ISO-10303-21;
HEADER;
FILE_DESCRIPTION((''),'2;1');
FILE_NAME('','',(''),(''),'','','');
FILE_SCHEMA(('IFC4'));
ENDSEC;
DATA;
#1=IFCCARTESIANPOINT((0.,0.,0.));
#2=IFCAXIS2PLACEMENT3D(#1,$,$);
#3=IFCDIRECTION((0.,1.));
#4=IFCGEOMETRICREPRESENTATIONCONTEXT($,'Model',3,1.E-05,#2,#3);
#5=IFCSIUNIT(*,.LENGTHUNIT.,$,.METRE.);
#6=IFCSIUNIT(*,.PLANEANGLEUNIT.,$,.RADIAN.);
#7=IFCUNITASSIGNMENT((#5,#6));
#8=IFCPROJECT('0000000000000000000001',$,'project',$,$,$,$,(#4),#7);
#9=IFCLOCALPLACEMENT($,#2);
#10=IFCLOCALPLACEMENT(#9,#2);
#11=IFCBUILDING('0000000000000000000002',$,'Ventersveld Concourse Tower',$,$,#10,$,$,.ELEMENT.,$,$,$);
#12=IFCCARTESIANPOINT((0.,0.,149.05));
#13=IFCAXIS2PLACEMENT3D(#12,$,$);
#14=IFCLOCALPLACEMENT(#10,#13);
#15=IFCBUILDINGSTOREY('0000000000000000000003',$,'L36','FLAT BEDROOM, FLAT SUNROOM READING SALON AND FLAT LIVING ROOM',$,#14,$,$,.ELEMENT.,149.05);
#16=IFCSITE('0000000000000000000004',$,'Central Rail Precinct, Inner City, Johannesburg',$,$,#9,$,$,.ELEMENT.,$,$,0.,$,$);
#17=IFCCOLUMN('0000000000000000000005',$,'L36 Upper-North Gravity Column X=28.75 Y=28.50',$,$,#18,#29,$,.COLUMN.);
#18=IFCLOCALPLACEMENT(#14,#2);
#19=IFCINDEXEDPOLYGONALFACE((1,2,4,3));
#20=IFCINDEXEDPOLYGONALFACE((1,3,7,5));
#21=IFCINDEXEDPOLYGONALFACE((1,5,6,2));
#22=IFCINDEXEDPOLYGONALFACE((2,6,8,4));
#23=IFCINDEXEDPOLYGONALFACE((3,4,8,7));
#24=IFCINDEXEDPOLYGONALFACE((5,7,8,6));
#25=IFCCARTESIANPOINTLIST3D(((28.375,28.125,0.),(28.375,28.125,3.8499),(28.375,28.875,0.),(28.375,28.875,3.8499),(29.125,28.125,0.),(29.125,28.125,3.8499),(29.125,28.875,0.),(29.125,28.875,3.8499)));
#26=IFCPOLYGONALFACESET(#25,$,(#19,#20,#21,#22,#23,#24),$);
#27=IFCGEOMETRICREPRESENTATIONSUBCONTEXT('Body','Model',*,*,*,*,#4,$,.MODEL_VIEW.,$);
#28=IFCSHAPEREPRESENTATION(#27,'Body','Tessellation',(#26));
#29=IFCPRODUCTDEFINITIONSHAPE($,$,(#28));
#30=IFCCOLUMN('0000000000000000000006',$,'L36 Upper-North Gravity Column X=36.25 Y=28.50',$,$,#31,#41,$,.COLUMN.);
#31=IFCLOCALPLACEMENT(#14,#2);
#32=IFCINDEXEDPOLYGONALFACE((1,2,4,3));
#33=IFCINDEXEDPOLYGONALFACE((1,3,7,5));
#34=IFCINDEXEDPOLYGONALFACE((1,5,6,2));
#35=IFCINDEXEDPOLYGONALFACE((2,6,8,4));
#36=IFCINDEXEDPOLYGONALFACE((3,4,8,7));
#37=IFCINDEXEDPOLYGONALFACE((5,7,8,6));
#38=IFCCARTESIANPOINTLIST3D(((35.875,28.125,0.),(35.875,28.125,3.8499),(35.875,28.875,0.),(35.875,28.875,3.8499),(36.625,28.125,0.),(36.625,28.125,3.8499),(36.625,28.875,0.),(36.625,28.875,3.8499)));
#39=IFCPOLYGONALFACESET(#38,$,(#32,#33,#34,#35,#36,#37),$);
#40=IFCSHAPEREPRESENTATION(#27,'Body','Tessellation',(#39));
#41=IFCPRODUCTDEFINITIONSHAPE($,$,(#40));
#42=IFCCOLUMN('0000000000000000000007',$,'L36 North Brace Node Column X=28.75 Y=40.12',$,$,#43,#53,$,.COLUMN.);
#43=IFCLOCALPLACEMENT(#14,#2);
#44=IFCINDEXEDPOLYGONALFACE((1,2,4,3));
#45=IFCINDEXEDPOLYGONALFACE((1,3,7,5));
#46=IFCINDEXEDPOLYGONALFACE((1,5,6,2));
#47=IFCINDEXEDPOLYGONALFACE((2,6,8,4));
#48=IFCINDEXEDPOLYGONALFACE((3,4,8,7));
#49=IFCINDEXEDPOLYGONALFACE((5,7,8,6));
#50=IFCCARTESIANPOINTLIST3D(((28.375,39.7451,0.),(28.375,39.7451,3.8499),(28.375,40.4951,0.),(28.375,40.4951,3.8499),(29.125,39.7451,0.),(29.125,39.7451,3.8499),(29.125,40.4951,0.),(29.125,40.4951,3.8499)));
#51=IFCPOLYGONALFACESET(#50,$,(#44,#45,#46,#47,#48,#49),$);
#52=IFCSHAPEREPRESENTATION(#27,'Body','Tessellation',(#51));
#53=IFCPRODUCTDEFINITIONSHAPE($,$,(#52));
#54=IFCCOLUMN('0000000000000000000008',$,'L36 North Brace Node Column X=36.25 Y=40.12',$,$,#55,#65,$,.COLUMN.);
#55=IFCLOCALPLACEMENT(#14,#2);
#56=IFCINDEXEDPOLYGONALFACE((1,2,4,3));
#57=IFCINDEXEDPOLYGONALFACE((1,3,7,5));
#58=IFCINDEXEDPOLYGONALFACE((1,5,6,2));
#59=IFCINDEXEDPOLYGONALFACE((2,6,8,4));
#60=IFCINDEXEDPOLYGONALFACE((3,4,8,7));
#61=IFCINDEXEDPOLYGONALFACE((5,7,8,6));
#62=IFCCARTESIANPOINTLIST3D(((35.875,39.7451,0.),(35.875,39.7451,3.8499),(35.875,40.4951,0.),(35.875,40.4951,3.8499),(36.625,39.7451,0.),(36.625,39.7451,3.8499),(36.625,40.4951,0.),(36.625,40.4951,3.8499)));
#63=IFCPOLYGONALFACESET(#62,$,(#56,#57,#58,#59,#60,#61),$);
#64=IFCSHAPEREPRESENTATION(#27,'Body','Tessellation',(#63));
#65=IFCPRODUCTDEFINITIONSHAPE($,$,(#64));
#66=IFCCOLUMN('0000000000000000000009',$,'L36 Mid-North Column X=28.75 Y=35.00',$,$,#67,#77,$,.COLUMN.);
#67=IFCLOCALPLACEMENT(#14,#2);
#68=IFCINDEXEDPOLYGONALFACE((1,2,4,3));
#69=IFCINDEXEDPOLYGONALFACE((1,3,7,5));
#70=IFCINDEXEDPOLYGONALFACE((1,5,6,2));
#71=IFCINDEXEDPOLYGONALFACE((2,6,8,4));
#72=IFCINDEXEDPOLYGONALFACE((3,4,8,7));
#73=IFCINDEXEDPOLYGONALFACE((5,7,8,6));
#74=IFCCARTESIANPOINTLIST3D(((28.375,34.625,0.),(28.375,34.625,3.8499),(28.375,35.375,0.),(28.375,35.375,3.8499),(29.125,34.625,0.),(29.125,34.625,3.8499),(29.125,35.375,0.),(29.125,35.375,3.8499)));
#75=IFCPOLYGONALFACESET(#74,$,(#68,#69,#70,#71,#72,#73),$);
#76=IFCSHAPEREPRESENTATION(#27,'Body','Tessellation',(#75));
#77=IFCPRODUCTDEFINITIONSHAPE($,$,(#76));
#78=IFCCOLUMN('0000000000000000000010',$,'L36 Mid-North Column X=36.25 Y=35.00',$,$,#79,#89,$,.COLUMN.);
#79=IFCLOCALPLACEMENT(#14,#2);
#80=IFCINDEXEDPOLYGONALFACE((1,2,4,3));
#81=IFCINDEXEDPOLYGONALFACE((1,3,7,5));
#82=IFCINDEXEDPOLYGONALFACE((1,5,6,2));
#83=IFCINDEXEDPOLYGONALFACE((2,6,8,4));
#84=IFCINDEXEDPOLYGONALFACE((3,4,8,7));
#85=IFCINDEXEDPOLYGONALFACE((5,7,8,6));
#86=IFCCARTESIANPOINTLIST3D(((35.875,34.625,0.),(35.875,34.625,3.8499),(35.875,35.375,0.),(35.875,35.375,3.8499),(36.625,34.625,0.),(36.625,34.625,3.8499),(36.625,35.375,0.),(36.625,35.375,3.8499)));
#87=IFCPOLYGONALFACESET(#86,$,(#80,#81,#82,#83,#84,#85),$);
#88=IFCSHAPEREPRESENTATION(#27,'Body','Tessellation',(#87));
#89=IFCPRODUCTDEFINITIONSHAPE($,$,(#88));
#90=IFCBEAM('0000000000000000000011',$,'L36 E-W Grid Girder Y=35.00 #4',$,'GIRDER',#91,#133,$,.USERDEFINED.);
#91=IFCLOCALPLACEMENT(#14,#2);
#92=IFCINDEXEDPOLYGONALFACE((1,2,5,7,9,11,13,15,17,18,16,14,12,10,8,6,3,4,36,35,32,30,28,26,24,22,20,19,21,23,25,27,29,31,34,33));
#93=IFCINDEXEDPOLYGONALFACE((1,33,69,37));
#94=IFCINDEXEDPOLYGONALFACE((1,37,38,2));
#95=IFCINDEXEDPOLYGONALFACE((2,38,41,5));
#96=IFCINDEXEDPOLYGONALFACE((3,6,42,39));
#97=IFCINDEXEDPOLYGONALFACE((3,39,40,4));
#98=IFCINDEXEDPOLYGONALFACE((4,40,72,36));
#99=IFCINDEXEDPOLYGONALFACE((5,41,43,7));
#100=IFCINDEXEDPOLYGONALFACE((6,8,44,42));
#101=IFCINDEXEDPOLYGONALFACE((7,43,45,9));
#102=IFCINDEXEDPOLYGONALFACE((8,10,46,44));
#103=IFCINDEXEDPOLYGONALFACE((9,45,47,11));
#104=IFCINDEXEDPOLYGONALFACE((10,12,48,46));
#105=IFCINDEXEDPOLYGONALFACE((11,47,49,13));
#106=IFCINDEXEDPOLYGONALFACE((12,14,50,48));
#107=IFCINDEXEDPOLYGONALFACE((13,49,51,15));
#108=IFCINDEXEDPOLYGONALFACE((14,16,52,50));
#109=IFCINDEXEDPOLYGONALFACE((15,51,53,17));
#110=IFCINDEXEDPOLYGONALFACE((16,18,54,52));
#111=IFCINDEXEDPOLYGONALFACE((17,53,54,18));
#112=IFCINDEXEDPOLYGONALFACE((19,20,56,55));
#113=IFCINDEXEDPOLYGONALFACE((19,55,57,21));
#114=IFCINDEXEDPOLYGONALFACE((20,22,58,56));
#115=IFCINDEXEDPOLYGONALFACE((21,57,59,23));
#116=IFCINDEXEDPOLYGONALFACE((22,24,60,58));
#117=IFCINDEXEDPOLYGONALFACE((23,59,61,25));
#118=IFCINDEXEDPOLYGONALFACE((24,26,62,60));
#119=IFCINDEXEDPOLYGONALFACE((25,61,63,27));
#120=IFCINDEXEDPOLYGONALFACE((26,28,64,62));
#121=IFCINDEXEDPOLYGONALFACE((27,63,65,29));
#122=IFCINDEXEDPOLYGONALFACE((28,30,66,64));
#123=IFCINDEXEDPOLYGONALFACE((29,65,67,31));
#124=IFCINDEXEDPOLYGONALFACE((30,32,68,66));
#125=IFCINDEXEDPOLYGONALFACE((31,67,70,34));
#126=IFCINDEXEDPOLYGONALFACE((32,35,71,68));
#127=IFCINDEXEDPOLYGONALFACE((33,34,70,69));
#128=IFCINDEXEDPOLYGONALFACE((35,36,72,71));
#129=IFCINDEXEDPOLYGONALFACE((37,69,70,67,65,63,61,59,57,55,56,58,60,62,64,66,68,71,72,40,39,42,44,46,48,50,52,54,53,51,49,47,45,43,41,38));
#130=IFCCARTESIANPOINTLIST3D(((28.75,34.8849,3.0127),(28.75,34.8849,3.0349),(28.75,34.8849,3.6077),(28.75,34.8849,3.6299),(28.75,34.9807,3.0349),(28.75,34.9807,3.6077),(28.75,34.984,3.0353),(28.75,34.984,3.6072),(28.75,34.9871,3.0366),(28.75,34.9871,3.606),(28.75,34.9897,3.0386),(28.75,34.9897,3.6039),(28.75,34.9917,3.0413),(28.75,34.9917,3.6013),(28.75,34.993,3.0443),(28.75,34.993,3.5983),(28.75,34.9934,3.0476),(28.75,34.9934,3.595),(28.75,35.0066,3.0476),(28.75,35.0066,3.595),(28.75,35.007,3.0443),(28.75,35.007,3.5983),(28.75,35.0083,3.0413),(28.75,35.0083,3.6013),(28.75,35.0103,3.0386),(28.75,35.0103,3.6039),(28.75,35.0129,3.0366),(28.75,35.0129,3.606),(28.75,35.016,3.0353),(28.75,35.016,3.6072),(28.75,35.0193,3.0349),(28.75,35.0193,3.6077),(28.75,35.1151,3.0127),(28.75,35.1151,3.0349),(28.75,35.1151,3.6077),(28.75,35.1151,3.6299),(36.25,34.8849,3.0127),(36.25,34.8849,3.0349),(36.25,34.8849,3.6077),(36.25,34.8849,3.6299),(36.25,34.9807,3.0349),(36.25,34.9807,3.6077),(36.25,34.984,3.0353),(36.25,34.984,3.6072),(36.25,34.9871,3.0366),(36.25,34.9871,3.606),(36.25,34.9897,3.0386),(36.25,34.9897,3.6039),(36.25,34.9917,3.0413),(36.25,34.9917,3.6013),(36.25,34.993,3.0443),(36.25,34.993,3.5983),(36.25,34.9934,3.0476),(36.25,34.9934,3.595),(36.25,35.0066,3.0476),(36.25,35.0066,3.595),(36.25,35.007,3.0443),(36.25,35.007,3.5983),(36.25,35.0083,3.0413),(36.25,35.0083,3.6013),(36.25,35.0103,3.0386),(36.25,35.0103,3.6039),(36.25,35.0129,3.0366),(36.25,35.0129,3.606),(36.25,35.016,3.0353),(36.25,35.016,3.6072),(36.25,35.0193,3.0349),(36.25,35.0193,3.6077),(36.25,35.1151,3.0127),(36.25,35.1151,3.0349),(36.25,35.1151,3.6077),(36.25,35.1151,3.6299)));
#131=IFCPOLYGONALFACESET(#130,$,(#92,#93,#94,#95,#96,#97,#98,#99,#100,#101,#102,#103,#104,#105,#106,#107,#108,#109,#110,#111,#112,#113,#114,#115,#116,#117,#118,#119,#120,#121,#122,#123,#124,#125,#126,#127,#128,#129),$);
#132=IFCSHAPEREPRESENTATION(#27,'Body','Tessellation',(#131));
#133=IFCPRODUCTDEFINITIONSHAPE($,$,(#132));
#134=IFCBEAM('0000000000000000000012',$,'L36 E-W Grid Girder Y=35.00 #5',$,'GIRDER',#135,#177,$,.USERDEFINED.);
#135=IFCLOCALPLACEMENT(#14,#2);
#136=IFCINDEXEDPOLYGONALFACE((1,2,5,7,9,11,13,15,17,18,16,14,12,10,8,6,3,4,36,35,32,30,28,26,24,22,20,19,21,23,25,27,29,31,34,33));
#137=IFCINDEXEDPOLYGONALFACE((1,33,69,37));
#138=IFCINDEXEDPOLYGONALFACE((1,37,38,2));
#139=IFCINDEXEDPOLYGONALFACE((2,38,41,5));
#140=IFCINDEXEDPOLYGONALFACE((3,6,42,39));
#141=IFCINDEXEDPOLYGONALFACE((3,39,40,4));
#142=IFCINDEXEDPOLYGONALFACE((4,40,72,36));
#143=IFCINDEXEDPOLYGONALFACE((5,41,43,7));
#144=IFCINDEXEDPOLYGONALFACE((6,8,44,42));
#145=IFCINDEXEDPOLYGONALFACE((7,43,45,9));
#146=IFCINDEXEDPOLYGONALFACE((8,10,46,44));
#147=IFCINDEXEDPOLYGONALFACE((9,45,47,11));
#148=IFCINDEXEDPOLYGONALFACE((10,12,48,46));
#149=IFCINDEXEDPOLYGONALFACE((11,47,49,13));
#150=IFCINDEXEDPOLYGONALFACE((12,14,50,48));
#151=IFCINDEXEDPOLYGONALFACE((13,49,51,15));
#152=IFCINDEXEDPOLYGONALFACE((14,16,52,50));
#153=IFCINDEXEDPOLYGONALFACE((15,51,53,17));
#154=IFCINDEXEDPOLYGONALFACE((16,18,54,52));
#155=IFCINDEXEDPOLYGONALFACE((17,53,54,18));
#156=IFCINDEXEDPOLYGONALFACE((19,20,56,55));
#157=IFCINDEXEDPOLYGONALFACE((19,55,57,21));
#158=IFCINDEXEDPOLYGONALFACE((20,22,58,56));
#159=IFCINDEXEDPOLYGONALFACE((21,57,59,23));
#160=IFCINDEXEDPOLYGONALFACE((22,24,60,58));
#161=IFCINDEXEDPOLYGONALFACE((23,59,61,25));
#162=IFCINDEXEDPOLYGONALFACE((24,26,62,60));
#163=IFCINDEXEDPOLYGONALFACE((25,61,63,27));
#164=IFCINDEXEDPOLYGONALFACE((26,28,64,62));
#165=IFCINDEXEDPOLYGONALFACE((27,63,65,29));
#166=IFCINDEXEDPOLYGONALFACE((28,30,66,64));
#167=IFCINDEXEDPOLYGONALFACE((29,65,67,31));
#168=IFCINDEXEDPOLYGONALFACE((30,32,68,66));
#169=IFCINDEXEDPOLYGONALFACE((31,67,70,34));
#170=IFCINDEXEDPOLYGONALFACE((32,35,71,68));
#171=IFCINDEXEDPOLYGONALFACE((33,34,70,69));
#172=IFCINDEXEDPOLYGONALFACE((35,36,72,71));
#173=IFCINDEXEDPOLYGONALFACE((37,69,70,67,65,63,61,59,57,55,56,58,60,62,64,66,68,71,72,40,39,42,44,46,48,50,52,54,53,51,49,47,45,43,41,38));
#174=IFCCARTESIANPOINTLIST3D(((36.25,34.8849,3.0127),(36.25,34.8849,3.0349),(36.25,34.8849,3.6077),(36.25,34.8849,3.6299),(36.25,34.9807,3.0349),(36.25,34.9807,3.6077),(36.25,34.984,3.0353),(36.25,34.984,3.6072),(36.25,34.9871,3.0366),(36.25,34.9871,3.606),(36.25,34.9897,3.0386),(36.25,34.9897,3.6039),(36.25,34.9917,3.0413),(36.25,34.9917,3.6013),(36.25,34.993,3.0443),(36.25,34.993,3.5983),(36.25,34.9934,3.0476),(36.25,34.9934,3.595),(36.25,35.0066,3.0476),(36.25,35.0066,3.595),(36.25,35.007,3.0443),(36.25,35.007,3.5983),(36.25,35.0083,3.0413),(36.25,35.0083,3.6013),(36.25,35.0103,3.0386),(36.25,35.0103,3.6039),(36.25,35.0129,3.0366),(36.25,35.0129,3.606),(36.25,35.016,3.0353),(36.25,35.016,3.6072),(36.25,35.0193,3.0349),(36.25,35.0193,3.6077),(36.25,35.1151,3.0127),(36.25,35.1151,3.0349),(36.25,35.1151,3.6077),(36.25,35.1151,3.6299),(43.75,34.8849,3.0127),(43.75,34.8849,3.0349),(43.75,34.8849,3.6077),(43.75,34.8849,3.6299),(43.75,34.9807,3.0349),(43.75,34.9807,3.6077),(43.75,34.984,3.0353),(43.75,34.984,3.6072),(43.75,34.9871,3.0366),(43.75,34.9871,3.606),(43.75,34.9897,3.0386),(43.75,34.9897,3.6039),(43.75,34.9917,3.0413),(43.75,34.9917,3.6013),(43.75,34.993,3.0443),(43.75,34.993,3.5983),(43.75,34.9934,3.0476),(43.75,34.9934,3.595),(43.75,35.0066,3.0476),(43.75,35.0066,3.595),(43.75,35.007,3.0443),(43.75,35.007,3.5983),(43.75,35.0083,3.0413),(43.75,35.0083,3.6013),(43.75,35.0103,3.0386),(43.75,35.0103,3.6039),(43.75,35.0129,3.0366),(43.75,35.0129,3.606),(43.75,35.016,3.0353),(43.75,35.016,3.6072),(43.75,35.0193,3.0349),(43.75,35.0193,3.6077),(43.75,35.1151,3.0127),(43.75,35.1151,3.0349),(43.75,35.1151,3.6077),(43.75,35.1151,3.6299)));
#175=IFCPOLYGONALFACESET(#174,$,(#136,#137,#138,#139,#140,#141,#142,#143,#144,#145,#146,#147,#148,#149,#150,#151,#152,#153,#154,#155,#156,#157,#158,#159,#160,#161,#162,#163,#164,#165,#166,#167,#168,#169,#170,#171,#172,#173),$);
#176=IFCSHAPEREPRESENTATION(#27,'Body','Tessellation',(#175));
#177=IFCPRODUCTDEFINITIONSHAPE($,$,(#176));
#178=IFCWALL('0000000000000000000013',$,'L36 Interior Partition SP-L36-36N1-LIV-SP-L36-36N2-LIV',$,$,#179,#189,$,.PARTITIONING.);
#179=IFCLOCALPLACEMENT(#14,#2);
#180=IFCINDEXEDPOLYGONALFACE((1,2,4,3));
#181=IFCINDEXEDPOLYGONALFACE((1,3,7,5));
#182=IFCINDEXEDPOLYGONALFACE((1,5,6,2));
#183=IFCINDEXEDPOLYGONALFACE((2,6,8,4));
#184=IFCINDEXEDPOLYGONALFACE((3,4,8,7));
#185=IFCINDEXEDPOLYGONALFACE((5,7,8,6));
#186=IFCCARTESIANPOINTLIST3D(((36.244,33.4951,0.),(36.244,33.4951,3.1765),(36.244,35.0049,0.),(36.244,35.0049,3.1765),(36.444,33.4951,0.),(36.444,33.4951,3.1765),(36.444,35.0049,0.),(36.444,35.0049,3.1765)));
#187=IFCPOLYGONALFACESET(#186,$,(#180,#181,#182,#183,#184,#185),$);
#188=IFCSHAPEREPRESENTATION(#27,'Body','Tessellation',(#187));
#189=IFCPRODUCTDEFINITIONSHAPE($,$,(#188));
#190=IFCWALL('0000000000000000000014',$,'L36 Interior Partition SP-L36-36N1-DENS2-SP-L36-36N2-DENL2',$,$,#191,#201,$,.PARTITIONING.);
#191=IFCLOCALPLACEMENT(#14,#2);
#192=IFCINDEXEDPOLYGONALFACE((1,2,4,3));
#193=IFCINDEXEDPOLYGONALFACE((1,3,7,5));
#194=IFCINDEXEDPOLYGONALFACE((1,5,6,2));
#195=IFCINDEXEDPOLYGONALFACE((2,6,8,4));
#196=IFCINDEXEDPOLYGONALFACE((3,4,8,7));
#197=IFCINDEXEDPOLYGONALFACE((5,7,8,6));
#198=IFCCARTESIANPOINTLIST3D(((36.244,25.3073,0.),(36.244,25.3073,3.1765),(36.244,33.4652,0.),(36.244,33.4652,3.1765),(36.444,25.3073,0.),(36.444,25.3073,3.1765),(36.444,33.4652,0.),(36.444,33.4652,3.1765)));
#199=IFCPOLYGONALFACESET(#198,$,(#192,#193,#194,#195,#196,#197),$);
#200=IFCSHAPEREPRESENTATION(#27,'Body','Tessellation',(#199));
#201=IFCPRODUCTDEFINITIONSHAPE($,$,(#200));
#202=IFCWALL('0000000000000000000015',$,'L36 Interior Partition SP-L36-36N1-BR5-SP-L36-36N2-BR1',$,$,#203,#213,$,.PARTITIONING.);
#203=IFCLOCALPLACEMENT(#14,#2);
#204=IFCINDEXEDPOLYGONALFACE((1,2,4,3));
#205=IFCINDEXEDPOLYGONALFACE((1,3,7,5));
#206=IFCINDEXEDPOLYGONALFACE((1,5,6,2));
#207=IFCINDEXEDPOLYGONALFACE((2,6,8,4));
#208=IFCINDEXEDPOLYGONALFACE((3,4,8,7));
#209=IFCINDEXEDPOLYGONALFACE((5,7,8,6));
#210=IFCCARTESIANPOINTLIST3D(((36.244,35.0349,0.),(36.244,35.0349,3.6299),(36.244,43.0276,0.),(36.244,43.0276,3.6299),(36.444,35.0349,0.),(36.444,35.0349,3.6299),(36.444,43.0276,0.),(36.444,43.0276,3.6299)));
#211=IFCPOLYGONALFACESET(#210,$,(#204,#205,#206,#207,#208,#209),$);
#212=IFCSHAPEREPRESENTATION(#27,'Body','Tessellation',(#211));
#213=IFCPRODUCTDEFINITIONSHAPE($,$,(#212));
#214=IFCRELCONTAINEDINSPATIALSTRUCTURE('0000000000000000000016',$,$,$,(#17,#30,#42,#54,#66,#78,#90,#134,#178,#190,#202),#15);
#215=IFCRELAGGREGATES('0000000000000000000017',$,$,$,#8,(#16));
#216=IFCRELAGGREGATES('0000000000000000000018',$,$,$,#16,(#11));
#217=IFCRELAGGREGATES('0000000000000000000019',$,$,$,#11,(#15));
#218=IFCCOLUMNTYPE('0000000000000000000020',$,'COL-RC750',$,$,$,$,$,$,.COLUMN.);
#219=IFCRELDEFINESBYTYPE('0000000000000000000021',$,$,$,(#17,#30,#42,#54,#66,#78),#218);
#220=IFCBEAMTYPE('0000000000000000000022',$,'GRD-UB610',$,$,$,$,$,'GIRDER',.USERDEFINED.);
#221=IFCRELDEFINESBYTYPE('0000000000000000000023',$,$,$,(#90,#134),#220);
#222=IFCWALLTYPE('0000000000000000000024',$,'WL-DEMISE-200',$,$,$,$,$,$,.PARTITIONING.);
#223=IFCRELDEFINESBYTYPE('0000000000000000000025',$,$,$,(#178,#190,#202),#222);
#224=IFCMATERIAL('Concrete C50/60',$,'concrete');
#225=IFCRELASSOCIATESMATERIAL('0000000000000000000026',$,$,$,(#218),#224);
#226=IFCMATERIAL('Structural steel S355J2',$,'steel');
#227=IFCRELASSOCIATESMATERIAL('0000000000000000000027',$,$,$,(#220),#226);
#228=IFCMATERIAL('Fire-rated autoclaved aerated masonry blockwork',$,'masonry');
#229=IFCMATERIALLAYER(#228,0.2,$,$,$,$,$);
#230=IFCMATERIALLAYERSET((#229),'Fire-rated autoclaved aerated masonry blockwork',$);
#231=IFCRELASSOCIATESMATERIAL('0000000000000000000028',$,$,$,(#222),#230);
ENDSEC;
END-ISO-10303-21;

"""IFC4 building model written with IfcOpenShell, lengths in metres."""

from ifc_helpers import new_model, si_unit, direction, frame, frame_2d, origin, origin_2d, place, context, subcontext, project, spatial, rectangle, i_section, extrude, material, layer, layer_set, material_profile, profile_set, type_object, element, save


model = new_model("IFC4")

# Units and contexts
model_context = context("Model", 3, precision=1e-05, world=origin(), true_north=direction((0.0, 1.0)))
body_context = subcontext(model_context, "Body", "Model", "MODEL_VIEW")
ifc_project = project(units=[si_unit("LENGTHUNIT", "METRE"), si_unit("PLANEANGLEUNIT", "RADIAN")], contexts=[model_context])

# Site, building, storey
site_placement = place(None, origin())
site = spatial("IfcSite", under=ifc_project, at=site_placement, Name="Central Rail Precinct, Inner City, Johannesburg", CompositionType="ELEMENT", RefElevation=0.0)
building_placement = place(site_placement, origin())
building = spatial("IfcBuilding", under=site, at=building_placement, Name="Ventersveld Concourse Tower", CompositionType="ELEMENT")
storey_placement = place(building_placement, frame((0.0, 0.0, 149.05)))
storey = spatial("IfcBuildingStorey", under=building, at=storey_placement, Name="L36", Description="FLAT BEDROOM, FLAT SUNROOM READING SALON AND FLAT LIVING ROOM", CompositionType="ELEMENT", Elevation=149.05)

# Columns
ifc_material_1 = material(Name="Concrete C50/60", Category="concrete")
ifc_material_profile_1 = material_profile(ifc_material_1, rectangle(XDim=0.75, YDim=0.75, at=origin_2d()), Name="RC 750x750")
ifc_profile_set_1 = profile_set([ifc_material_profile_1], Name="Concrete C50/60")
column_type = type_object("IfcColumnType", Name="COL-RC750", PredefinedType="COLUMN", material=ifc_profile_set_1)
for number, where, z_axis, x_axis, name in (
    (1, (28.75, 28.5, 0.0), (0.0, 0.0, 1.0), (1.0, 0.0, 0.0), "L36 Upper-North Gravity Column X=28.75 Y=28.50"),
    (2, (36.25, 28.5, 0.0), (0.0, 0.0, 1.0), (1.0, 0.0, 0.0), "L36 Upper-North Gravity Column X=36.25 Y=28.50"),
    (3, (28.75, 40.1201, 0.0), (0.0, 0.0, 1.0), (1.0, 0.0, 0.0), "L36 North Brace Node Column X=28.75 Y=40.12"),
    (4, (36.25, 40.1201, 0.0), (0.0, 0.0, 1.0), (1.0, 0.0, 0.0), "L36 North Brace Node Column X=36.25 Y=40.12"),
    (5, (28.75, 35.0, 0.0), (0.0, 0.0, 1.0), (1.0, 0.0, 0.0), "L36 Mid-North Column X=28.75 Y=35.00"),
    (6, (36.25, 35.0, 0.0), (0.0, 0.0, 1.0), (1.0, 0.0, 0.0), "L36 Mid-North Column X=36.25 Y=35.00"),
):
    element("IfcColumn", number, at=place(storey_placement, frame(where, z_axis=z_axis, x_axis=x_axis)), inside=storey, type_object=column_type, Name=name, PredefinedType="COLUMN", context=body_context, shape_type="SweptSolid", body=[
        extrude(rectangle(XDim=0.75, YDim=0.75, at=origin_2d()), origin(), (0.0, 0.0, 1.0), 3.8499),
    ])

# Beams
ifc_material_2 = material(Name="Structural steel S355J2", Category="steel")
ifc_material_profile_2 = material_profile(ifc_material_2, i_section(OverallWidth=0.2302, OverallDepth=0.6172, WebThickness=0.0132, FlangeThickness=0.0222, FilletRadius=0.0127, at=origin_2d()), Name="UB 610x229x140")
ifc_profile_set_2 = profile_set([ifc_material_profile_2], Name="Structural steel S355J2")
beam_type = type_object("IfcBeamType", Name="GRD-UB610", ElementType="GIRDER", PredefinedType="USERDEFINED", material=ifc_profile_set_2)
for number, where, z_axis, x_axis, name in (
    (7, (28.75, 35.0, 3.3213), (1.0, 0.0, 0.0), (0.0, 1.0, 0.0), "L36 E-W Grid Girder Y=35.00 #4"),
    (8, (36.25, 35.0, 3.3213), (1.0, 0.0, 0.0), (0.0, 1.0, 0.0), "L36 E-W Grid Girder Y=35.00 #5"),
):
    element("IfcBeam", number, at=place(storey_placement, frame(where, z_axis=z_axis, x_axis=x_axis)), inside=storey, type_object=beam_type, Name=name, ObjectType="GIRDER", PredefinedType="USERDEFINED", context=body_context, shape_type="SweptSolid", body=[
        extrude(i_section(OverallWidth=0.2302, OverallDepth=0.6172, WebThickness=0.0132, FlangeThickness=0.0222, FilletRadius=0.0127, at=origin_2d()), origin(), (0.0, 0.0, 1.0), 7.5),
    ])

# Walls
ifc_material_3 = material(Name="Fire-rated autoclaved aerated masonry blockwork", Category="masonry")
ifc_layer_1 = layer(ifc_material_3, 0.2)
ifc_layer_set_1 = layer_set([ifc_layer_1], Name="Fire-rated autoclaved aerated masonry blockwork")
wall_type_1 = type_object("IfcWallType", Name="WL-DEMISE-200", PredefinedType="PARTITIONING", material=ifc_layer_set_1)
wall_1_placement = place(storey_placement, frame((36.344, 33.4951, 0.0), z_axis=(0.0, 0.0, 1.0), x_axis=(0.0, 1.0, 0.0)))
element("IfcWall", 9, at=wall_1_placement, inside=storey, type_object=wall_type_1, Name="L36 Interior Partition SP-L36-36N1-LIV-SP-L36-36N2-LIV", PredefinedType="PARTITIONING", context=body_context, shape_type="SweptSolid", body=[
    extrude(rectangle(XDim=1.5098, YDim=0.2, at=frame_2d((0.7549, 0.0))), origin(), (0.0, 0.0, 1.0), 3.1765),
])
wall_2_placement = place(storey_placement, frame((36.344, 25.3071, 0.0), z_axis=(0.0, 0.0, 1.0), x_axis=(0.0, 1.0, 0.0)))
element("IfcWall", 10, at=wall_2_placement, inside=storey, type_object=wall_type_1, Name="L36 Interior Partition SP-L36-36N1-DENS2-SP-L36-36N2-DENL2", PredefinedType="PARTITIONING", context=body_context, shape_type="SweptSolid", body=[
    extrude(rectangle(XDim=8.158, YDim=0.2, at=frame_2d((4.0791, 0.0))), origin(), (0.0, 0.0, 1.0), 3.1765),
])
wall_3_placement = place(storey_placement, frame((36.344, 35.0349, 0.0), z_axis=(0.0, 0.0, 1.0), x_axis=(0.0, 1.0, 0.0)))
element("IfcWall", 11, at=wall_3_placement, inside=storey, type_object=wall_type_1, Name="L36 Interior Partition SP-L36-36N1-BR5-SP-L36-36N2-BR1", PredefinedType="PARTITIONING", context=body_context, shape_type="SweptSolid", body=[
    extrude(rectangle(XDim=7.9927, YDim=0.2, at=frame_2d((3.9963, 0.0))), origin(), (0.0, 0.0, 1.0), 3.6299),
])

save(model, "model.ifc")
